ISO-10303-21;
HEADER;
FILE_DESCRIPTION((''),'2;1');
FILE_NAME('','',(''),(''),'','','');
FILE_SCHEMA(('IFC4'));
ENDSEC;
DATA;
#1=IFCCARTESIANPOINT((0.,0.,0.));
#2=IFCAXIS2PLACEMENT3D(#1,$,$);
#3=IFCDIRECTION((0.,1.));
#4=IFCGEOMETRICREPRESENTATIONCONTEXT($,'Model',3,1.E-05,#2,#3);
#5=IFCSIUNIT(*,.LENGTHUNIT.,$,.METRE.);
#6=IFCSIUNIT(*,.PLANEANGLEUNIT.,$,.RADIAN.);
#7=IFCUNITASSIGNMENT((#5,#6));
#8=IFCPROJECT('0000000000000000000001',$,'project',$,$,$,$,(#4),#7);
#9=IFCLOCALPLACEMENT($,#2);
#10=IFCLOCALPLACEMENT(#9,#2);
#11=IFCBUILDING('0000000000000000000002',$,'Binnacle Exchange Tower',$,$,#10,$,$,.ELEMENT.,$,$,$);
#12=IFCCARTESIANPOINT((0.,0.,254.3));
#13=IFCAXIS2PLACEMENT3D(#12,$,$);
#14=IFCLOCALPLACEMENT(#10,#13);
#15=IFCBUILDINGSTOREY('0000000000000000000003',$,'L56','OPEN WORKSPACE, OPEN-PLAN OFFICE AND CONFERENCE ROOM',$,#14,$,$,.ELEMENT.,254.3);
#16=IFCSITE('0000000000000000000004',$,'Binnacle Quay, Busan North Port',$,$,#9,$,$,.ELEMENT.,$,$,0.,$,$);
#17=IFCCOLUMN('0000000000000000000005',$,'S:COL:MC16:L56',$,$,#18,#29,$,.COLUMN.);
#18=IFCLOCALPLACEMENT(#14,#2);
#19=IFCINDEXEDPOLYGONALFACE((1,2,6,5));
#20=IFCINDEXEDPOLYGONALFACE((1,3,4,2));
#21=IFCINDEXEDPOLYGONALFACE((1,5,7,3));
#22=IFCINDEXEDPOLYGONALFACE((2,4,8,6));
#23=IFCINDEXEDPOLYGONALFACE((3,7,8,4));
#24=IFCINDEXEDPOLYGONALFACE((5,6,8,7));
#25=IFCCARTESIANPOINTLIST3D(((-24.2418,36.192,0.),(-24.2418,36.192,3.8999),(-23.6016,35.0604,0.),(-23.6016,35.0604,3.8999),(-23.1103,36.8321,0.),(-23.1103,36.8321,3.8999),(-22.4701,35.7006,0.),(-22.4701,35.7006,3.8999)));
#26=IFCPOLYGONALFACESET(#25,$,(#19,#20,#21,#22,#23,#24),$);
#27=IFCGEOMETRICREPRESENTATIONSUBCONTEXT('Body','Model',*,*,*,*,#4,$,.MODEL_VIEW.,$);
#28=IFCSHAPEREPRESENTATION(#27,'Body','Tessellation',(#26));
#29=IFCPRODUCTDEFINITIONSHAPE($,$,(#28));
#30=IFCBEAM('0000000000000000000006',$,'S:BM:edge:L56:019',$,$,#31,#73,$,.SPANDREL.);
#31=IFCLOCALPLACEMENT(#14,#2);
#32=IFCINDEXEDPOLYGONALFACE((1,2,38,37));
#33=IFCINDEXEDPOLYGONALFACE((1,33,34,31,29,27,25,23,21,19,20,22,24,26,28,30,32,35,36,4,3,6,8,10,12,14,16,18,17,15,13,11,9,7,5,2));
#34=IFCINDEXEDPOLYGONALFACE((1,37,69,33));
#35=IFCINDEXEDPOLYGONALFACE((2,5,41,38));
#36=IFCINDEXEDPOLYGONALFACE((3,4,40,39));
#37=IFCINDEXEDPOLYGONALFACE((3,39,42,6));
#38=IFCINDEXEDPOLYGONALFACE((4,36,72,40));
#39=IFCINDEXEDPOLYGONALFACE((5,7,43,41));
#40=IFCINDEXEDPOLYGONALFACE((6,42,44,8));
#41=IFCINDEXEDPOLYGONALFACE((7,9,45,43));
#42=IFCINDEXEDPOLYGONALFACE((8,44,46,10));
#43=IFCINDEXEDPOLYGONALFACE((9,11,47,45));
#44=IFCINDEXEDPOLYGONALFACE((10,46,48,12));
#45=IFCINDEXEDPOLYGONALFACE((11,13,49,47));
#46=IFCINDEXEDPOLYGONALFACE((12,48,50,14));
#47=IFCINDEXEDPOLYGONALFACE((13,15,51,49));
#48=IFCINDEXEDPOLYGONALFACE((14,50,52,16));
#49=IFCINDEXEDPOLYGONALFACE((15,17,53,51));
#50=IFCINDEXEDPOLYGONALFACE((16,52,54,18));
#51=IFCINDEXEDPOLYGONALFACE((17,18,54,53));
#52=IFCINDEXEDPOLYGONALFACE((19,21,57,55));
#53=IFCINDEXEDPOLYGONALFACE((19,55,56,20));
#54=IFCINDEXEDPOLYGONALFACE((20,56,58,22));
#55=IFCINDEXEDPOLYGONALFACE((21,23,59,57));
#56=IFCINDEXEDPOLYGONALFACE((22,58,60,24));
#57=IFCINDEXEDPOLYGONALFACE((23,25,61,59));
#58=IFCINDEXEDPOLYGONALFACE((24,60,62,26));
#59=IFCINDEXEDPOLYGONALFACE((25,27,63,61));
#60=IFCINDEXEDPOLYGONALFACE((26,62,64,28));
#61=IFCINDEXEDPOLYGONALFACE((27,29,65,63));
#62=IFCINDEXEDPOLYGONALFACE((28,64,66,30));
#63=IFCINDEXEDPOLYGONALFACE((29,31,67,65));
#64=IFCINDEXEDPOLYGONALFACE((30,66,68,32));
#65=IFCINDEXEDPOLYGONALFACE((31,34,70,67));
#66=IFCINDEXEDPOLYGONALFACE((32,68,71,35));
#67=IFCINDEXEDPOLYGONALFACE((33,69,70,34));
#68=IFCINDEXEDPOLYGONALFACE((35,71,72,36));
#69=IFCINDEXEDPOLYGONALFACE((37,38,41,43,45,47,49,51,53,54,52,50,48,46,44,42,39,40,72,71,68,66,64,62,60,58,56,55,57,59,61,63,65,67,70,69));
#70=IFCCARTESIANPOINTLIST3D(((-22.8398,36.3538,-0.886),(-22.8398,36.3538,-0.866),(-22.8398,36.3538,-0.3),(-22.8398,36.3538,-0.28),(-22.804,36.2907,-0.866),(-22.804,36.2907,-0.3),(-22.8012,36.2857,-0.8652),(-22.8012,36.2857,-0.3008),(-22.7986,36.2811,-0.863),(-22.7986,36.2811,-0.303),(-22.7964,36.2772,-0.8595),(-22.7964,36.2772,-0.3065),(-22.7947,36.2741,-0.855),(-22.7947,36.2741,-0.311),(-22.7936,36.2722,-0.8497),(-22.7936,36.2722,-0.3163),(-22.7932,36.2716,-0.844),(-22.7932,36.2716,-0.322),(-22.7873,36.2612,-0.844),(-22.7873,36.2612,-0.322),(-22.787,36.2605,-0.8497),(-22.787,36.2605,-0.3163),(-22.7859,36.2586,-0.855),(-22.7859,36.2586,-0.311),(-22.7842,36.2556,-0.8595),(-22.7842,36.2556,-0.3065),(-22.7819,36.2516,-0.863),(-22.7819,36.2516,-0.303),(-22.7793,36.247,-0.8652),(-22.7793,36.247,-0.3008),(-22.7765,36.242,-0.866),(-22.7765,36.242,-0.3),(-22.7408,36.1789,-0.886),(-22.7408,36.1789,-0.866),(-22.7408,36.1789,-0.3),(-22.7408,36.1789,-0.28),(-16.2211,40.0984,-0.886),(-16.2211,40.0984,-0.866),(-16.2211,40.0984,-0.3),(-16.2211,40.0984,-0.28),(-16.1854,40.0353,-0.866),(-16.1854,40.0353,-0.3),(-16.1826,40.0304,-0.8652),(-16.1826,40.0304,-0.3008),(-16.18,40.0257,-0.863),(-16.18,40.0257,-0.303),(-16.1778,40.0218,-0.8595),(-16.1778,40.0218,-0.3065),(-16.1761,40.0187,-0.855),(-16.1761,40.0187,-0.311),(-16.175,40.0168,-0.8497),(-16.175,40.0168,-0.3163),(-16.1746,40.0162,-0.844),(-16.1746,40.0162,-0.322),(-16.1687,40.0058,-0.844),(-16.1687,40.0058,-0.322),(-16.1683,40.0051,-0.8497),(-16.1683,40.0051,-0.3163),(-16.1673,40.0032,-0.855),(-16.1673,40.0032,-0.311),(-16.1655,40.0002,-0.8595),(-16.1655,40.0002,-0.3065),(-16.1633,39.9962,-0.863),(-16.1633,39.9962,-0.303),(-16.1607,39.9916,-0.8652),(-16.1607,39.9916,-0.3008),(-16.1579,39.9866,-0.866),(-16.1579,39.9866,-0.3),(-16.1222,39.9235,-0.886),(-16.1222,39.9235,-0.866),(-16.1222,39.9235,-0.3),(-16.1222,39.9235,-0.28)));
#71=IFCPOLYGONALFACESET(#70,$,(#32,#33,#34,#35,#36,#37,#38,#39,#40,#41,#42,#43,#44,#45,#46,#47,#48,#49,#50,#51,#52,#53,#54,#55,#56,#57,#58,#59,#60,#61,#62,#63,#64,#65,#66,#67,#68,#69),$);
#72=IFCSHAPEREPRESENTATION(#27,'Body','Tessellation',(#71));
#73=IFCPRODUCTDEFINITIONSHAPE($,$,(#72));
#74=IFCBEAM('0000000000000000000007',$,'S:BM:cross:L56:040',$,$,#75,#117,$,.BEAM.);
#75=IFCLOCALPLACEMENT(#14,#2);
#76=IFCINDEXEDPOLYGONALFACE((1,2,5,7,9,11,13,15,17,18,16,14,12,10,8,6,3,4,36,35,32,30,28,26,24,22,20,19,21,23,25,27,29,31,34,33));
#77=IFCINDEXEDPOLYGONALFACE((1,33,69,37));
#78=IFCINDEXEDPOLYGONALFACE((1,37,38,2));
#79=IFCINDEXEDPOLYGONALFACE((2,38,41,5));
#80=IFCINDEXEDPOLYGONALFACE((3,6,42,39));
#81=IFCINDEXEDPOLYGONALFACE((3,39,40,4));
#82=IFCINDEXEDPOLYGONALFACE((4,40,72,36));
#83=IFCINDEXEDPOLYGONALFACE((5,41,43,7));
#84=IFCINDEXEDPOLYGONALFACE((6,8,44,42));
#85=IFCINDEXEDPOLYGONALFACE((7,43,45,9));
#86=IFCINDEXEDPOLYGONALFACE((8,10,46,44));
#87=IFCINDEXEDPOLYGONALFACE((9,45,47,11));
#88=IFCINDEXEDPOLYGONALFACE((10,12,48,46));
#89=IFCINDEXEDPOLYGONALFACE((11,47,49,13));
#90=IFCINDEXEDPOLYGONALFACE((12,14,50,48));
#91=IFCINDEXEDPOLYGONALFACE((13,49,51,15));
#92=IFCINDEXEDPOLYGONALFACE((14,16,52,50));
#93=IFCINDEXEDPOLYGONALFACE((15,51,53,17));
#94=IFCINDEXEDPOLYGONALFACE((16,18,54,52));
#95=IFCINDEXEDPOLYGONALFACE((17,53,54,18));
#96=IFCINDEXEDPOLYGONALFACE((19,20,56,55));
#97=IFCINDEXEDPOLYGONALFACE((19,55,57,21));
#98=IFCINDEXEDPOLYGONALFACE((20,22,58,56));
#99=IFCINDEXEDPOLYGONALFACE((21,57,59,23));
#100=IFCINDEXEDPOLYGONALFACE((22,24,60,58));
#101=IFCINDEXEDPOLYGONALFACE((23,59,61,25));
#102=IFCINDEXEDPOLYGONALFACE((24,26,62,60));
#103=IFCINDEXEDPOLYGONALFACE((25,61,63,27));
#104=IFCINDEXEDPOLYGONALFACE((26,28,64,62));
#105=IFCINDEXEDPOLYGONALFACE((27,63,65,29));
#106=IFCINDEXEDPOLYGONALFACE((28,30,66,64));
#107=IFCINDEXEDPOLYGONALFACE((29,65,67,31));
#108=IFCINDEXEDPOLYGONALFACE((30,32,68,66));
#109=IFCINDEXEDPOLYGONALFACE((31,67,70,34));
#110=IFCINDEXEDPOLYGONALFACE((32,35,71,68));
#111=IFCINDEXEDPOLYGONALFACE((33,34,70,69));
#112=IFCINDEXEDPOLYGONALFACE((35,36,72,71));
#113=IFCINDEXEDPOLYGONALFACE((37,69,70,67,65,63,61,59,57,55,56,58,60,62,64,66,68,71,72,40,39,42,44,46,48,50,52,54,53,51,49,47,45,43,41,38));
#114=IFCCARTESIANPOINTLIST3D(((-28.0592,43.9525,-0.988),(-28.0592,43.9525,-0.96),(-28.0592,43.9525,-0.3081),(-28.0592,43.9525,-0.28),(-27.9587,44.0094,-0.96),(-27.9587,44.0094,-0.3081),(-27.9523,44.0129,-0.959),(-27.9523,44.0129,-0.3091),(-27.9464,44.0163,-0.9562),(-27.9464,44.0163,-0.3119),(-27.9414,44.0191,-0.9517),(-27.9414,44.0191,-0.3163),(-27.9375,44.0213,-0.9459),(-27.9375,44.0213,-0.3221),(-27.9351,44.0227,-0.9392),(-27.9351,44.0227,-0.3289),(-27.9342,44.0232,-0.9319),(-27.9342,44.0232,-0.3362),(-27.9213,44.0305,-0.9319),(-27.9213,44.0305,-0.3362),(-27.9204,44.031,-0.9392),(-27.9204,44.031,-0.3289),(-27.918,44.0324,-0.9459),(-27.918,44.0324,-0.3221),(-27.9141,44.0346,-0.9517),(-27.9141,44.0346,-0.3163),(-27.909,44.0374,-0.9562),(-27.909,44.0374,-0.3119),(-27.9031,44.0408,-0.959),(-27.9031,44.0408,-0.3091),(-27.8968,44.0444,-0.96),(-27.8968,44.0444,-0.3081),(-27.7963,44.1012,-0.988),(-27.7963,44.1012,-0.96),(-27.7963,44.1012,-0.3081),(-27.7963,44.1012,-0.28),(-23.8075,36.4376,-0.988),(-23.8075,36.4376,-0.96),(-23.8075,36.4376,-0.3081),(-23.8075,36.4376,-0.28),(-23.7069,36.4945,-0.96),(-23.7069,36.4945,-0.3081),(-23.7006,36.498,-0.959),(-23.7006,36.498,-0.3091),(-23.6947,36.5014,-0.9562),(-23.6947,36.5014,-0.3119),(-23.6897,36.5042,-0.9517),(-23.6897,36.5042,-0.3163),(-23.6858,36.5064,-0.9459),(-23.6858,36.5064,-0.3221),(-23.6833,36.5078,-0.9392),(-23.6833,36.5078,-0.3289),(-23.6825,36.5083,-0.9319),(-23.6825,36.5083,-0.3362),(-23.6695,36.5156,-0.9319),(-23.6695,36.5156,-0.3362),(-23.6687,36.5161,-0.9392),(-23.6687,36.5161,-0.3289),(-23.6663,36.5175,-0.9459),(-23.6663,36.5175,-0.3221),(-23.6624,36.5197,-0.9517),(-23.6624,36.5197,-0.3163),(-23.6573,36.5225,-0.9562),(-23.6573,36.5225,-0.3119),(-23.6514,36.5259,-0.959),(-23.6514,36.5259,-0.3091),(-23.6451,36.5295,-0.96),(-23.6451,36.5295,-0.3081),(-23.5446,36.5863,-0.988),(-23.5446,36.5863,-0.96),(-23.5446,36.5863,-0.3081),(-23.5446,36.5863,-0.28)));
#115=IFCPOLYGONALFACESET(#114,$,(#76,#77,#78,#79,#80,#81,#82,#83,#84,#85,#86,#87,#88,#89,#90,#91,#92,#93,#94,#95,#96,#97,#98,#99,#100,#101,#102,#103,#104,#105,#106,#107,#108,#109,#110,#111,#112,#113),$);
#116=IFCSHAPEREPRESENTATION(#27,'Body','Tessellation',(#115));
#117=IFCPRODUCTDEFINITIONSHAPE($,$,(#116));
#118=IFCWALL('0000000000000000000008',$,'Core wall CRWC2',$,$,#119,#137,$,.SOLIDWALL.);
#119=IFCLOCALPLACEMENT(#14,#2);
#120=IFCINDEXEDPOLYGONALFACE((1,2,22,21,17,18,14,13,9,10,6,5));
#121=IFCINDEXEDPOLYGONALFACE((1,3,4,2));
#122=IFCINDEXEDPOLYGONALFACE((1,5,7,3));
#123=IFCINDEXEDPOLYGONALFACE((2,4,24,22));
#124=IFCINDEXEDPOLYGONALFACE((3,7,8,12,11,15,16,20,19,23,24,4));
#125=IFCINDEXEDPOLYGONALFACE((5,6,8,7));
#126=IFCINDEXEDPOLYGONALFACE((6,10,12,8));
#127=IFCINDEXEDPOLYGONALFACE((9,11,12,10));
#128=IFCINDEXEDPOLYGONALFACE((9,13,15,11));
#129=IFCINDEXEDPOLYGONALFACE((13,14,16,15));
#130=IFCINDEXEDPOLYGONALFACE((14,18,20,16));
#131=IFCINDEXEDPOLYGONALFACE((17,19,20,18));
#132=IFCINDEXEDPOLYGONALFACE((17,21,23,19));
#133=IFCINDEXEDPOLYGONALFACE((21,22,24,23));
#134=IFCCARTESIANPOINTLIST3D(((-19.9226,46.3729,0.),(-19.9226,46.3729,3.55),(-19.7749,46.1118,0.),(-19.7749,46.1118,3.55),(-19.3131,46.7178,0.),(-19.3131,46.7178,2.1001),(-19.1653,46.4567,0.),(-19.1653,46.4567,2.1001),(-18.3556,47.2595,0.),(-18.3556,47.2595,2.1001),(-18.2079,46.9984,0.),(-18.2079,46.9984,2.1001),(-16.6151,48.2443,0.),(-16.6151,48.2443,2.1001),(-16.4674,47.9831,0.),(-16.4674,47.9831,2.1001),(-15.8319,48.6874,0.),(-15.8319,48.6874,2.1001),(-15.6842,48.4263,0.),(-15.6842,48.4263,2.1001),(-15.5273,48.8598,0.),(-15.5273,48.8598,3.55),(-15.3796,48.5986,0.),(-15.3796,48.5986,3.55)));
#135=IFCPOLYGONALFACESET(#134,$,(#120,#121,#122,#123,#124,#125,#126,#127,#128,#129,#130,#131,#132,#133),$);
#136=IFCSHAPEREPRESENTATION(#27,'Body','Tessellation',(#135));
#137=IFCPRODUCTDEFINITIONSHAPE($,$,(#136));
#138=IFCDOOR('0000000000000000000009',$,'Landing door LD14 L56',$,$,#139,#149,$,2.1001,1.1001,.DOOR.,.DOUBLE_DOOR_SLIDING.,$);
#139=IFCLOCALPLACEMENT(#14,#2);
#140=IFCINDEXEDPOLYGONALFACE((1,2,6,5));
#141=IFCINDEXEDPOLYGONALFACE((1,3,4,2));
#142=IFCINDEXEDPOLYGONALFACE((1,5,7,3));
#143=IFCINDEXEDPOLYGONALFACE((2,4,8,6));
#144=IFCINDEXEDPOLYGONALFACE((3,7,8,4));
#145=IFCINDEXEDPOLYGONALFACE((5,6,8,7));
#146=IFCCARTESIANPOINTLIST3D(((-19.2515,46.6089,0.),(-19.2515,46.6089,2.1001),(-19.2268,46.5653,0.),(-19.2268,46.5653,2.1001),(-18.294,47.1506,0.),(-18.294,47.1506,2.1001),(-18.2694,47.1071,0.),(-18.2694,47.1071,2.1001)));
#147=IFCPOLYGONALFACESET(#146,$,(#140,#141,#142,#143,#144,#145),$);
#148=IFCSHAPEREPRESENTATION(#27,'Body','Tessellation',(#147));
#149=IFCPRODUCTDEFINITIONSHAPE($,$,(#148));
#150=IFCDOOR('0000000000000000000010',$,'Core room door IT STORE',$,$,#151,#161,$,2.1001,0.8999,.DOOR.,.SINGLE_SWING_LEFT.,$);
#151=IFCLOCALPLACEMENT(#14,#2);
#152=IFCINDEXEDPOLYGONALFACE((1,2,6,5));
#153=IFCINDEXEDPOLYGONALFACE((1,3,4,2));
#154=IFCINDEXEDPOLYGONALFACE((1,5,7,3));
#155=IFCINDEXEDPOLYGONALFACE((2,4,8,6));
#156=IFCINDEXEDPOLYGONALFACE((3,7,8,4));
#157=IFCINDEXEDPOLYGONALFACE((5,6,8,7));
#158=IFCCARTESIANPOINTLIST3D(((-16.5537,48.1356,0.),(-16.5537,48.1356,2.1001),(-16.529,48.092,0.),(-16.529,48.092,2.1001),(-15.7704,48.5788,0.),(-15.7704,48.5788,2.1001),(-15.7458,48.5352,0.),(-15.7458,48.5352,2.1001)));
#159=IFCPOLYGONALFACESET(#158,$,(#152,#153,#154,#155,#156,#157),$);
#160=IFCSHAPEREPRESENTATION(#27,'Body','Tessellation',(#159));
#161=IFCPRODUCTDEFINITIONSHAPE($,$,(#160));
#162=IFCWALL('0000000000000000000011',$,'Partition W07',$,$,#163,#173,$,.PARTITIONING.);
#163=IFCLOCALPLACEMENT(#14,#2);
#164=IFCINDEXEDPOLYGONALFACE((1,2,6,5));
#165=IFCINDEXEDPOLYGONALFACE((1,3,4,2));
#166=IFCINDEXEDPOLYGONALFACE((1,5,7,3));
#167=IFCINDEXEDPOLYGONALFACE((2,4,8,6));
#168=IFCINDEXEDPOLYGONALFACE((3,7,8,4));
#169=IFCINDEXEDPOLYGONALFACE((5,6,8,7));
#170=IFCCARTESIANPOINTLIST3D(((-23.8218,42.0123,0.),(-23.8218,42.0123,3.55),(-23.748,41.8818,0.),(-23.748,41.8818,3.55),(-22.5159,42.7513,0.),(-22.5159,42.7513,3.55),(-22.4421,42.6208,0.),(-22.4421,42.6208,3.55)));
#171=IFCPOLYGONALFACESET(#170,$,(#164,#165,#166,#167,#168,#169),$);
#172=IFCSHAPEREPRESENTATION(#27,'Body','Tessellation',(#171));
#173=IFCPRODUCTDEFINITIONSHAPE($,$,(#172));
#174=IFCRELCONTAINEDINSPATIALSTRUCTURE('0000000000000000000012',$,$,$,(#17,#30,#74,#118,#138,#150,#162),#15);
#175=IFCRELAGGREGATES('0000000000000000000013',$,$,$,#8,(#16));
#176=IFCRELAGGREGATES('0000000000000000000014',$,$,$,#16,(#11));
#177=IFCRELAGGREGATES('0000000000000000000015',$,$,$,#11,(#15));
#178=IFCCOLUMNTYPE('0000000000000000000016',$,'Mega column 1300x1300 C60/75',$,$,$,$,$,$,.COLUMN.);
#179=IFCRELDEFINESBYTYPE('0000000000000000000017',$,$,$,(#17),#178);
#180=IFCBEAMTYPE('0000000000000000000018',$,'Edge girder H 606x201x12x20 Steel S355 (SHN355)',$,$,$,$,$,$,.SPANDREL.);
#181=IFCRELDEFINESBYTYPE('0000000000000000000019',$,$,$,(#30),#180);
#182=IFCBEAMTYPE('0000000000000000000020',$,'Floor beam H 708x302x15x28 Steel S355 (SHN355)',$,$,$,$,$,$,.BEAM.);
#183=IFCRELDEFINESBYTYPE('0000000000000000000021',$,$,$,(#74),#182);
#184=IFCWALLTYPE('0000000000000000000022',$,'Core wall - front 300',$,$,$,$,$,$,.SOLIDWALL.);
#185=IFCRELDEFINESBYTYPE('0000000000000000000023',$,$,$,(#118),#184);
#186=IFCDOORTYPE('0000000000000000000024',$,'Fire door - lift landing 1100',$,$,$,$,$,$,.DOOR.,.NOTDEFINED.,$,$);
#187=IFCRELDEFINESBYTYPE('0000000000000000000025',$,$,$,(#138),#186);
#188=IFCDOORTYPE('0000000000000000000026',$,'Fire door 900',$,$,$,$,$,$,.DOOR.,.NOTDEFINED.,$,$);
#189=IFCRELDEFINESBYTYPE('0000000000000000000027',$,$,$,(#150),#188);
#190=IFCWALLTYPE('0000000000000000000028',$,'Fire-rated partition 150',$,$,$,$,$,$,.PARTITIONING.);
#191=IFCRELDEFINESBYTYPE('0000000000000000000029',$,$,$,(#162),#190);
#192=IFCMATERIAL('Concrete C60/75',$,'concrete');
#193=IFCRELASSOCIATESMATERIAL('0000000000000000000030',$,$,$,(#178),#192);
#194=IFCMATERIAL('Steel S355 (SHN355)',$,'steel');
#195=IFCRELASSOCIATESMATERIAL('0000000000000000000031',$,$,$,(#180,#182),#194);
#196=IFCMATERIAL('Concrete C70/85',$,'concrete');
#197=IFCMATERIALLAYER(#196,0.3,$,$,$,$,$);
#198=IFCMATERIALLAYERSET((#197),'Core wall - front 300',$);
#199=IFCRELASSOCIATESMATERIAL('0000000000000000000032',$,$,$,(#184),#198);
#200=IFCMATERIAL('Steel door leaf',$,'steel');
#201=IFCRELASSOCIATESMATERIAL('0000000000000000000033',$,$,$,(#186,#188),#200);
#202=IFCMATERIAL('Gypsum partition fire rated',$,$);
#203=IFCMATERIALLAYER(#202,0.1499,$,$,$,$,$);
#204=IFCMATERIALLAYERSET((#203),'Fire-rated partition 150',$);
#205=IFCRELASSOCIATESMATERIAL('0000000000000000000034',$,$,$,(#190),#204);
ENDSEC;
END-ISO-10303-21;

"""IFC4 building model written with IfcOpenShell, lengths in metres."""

from ifc_helpers import new_model, si_unit, direction, frame, frame_2d, origin, origin_2d, place, context, subcontext, project, spatial, rectangle, i_section, extrude, material, layer, layer_set, material_profile, profile_set, type_object, element, fill, save


model = new_model("IFC4")

# Units and contexts
model_context = context("Model", 3, precision=1e-05, world=origin(), true_north=direction((0.0, 1.0)))
body_context = subcontext(model_context, "Body", "Model", "MODEL_VIEW")
ifc_project = project(units=[si_unit("LENGTHUNIT", "METRE"), si_unit("PLANEANGLEUNIT", "RADIAN")], contexts=[model_context])

# Site, building, storey
site_placement = place(None, origin())
site = spatial("IfcSite", under=ifc_project, at=site_placement, Name="Binnacle Quay, Busan North Port", CompositionType="ELEMENT", RefElevation=0.0)
building_placement = place(site_placement, origin())
building = spatial("IfcBuilding", under=site, at=building_placement, Name="Binnacle Exchange Tower", CompositionType="ELEMENT")
storey_placement = place(building_placement, frame((0.0, 0.0, 254.3)))
storey = spatial("IfcBuildingStorey", under=building, at=storey_placement, Name="L56", Description="OPEN WORKSPACE, OPEN-PLAN OFFICE AND CONFERENCE ROOM", CompositionType="ELEMENT", Elevation=254.3)

# Column
ifc_material_1 = material(Name="Concrete C60/75", Category="concrete")
ifc_material_profile_1 = material_profile(ifc_material_1, rectangle(XDim=1.3, YDim=1.3, at=origin_2d()), Name="Mega column 1300x1300 C60/75")
ifc_profile_set_1 = profile_set([ifc_material_profile_1], Name="Concrete C60/75")
column_type = type_object("IfcColumnType", Name="Mega column 1300x1300 C60/75", PredefinedType="COLUMN", material=ifc_profile_set_1)
column_placement = place(storey_placement, frame((-23.356, 35.9463, 0.0), z_axis=(0.0, 0.0, 1.0), x_axis=(0.870356, 0.492424, 0.0)))
element("IfcColumn", 1, at=column_placement, inside=storey, type_object=column_type, Name="S:COL:MC16:L56", PredefinedType="COLUMN", context=body_context, shape_type="SweptSolid", body=[
    extrude(rectangle(XDim=1.3, YDim=1.3, at=origin_2d()), origin(), (0.0, 0.0, 1.0), 3.8999),
])

# Beams
ifc_material_2 = material(Name="Steel S355 (SHN355)", Category="steel")
ifc_material_profile_2 = material_profile(ifc_material_2, i_section(OverallWidth=0.2009, OverallDepth=0.606, WebThickness=0.012, FlangeThickness=0.02, FilletRadius=0.022, at=origin_2d()), Name="H 606x201x12x20")
ifc_profile_set_2 = profile_set([ifc_material_profile_2], Name="Steel S355 (SHN355)")
beam_type_1 = type_object("IfcBeamType", Name="Edge girder H 606x201x12x20 Steel S355 (SHN355)", PredefinedType="SPANDREL", material=ifc_profile_set_2)
beam_1_placement = place(storey_placement, frame((-22.7903, 36.2664, -0.583), z_axis=(0.870357, 0.492421, 0.0), x_axis=(-0.492421, 0.870357, 0.0)))
element("IfcBeam", 2, at=beam_1_placement, inside=storey, type_object=beam_type_1, Name="S:BM:edge:L56:019", PredefinedType="SPANDREL", context=body_context, shape_type="SweptSolid", body=[
    extrude(i_section(OverallWidth=0.2009, OverallDepth=0.606, WebThickness=0.012, FlangeThickness=0.02, FilletRadius=0.022, at=origin_2d()), origin(), (0.0, 0.0, 1.0), 7.6045),
])
ifc_material_profile_3 = material_profile(ifc_material_2, i_section(OverallWidth=0.302, OverallDepth=0.708, WebThickness=0.0149, FlangeThickness=0.0281, FilletRadius=0.0281, at=origin_2d()), Name="H 708x302x15x28")
ifc_profile_set_3 = profile_set([ifc_material_profile_3], Name="Steel S355 (SHN355)")
beam_type_2 = type_object("IfcBeamType", Name="Floor beam H 708x302x15x28 Steel S355 (SHN355)", PredefinedType="BEAM", material=ifc_profile_set_3)
beam_2_placement = place(storey_placement, frame((-23.676, 36.512, -0.634), z_axis=(-0.492422, 0.870356, 0.0), x_axis=(-0.870356, -0.492422, 0.0)))
element("IfcBeam", 3, at=beam_2_placement, inside=storey, type_object=beam_type_2, Name="S:BM:cross:L56:040", PredefinedType="BEAM", context=body_context, shape_type="SweptSolid", body=[
    extrude(i_section(OverallWidth=0.302, OverallDepth=0.708, WebThickness=0.0149, FlangeThickness=0.0281, FilletRadius=0.0281, at=origin_2d()), origin(), (0.0, 0.0, 1.0), 8.6343),
])

# Wall, openings, doors
ifc_material_3 = material(Name="Concrete C70/85", Category="concrete")
ifc_layer_1 = layer(ifc_material_3, 0.3)
ifc_layer_set_1 = layer_set([ifc_layer_1], Name="Core wall - front 300")
wall_type_1 = type_object("IfcWallType", Name="Core wall - front 300", PredefinedType="SOLIDWALL", material=ifc_layer_set_1)
wall_1_placement = place(storey_placement, frame((-19.8486, 46.2424, 0.0), z_axis=(0.0, 0.0, 1.0), x_axis=(0.870348, 0.492438, 0.0)))
wall_1 = element("IfcWall", 4, at=wall_1_placement, inside=storey, type_object=wall_type_1, Name="Core wall CRWC2", PredefinedType="SOLIDWALL", context=body_context, shape_type="SweptSolid", body=[
    extrude(rectangle(XDim=5.05, YDim=0.3, at=frame_2d((2.5249, 0.0))), origin(), (0.0, 0.0, 1.0), 3.55),
])
opening_1_placement = place(wall_1_placement, frame((0.7002, 0.0, 0.0)))
opening_1 = element("IfcOpeningElement", 5, at=opening_1_placement, cuts=wall_1, PredefinedType="OPENING", context=body_context, shape_type="SweptSolid", body=[
    extrude(rectangle(XDim=1.1001, YDim=2.1001, at=frame_2d((0.55, 1.05))), frame((0.0, 0.1599, 0.0), z_axis=(0.0, -1.0, 0.0), x_axis=(1.0, 0.0, 0.0)), (0.0, 0.0, 1.0), 0.3201),
])
opening_2_placement = place(wall_1_placement, frame((3.8, 0.0, 0.0)))
opening_2 = element("IfcOpeningElement", 6, at=opening_2_placement, cuts=wall_1, PredefinedType="OPENING", context=body_context, shape_type="SweptSolid", body=[
    extrude(rectangle(XDim=0.8999, YDim=2.1001, at=frame_2d((0.45, 1.05))), frame((0.0, 0.1599, 0.0), z_axis=(0.0, -1.0, 0.0), x_axis=(1.0, 0.0, 0.0)), (0.0, 0.0, 1.0), 0.3201),
])
ifc_material_4 = material(Name="Steel door leaf", Category="steel")
door_type_1 = type_object("IfcDoorType", Name="Fire door - lift landing 1100", OperationType="NOTDEFINED", PredefinedType="DOOR", material=ifc_material_4)
door_1_placement = place(opening_1_placement, origin())
door_1 = element("IfcDoor", 7, at=door_1_placement, inside=storey, type_object=door_type_1, Name="Landing door LD14 L56", OperationType="DOUBLE_DOOR_SLIDING", OverallHeight=2.1001, OverallWidth=1.1001, PredefinedType="DOOR", context=body_context, shape_type="SweptSolid", body=[
    extrude(rectangle(XDim=1.1001, YDim=2.1001, at=frame_2d((0.55, 1.05))), frame((0.0, 0.0249, 0.0), z_axis=(0.0, -1.0, 0.0), x_axis=(1.0, 0.0, 0.0)), (0.0, 0.0, 1.0), 0.05),
])
fill(opening_1, door_1)
door_type_2 = type_object("IfcDoorType", Name="Fire door 900", OperationType="NOTDEFINED", PredefinedType="DOOR", material=ifc_material_4)
door_2_placement = place(opening_2_placement, frame((0.8999, 0.0, 0.0), z_axis=(0.0, 0.0, 1.0), x_axis=(-1.0, 0.0, 0.0)))
door_2 = element("IfcDoor", 8, at=door_2_placement, inside=storey, type_object=door_type_2, Name="Core room door IT STORE", OperationType="SINGLE_SWING_LEFT", OverallHeight=2.1001, OverallWidth=0.8999, PredefinedType="DOOR", context=body_context, shape_type="SweptSolid", body=[
    extrude(rectangle(XDim=0.8999, YDim=2.1001, at=frame_2d((0.45, 1.05))), frame((0.0, 0.0249, 0.0), z_axis=(0.0, -1.0, 0.0), x_axis=(1.0, 0.0, 0.0)), (0.0, 0.0, 1.0), 0.05),
])
fill(opening_2, door_2)

# Wall
ifc_material_5 = material(Name="Gypsum partition fire rated")
ifc_layer_2 = layer(ifc_material_5, 0.1499)
ifc_layer_set_2 = layer_set([ifc_layer_2], Name="Fire-rated partition 150")
wall_type_2 = type_object("IfcWallType", Name="Fire-rated partition 150", PredefinedType="PARTITIONING", material=ifc_layer_set_2)
wall_2_placement = place(storey_placement, frame((-23.7849, 41.947, 0.0), z_axis=(0.0, 0.0, 1.0), x_axis=(0.870308, 0.492508, 0.0)))
element("IfcWall", 9, at=wall_2_placement, inside=storey, type_object=wall_type_2, Name="Partition W07", PredefinedType="PARTITIONING", context=body_context, shape_type="SweptSolid", body=[
    extrude(rectangle(XDim=1.5005, YDim=0.1499, at=frame_2d((0.7502, 0.0))), origin(), (0.0, 0.0, 1.0), 3.55),
])

save(model, "model.ifc")
